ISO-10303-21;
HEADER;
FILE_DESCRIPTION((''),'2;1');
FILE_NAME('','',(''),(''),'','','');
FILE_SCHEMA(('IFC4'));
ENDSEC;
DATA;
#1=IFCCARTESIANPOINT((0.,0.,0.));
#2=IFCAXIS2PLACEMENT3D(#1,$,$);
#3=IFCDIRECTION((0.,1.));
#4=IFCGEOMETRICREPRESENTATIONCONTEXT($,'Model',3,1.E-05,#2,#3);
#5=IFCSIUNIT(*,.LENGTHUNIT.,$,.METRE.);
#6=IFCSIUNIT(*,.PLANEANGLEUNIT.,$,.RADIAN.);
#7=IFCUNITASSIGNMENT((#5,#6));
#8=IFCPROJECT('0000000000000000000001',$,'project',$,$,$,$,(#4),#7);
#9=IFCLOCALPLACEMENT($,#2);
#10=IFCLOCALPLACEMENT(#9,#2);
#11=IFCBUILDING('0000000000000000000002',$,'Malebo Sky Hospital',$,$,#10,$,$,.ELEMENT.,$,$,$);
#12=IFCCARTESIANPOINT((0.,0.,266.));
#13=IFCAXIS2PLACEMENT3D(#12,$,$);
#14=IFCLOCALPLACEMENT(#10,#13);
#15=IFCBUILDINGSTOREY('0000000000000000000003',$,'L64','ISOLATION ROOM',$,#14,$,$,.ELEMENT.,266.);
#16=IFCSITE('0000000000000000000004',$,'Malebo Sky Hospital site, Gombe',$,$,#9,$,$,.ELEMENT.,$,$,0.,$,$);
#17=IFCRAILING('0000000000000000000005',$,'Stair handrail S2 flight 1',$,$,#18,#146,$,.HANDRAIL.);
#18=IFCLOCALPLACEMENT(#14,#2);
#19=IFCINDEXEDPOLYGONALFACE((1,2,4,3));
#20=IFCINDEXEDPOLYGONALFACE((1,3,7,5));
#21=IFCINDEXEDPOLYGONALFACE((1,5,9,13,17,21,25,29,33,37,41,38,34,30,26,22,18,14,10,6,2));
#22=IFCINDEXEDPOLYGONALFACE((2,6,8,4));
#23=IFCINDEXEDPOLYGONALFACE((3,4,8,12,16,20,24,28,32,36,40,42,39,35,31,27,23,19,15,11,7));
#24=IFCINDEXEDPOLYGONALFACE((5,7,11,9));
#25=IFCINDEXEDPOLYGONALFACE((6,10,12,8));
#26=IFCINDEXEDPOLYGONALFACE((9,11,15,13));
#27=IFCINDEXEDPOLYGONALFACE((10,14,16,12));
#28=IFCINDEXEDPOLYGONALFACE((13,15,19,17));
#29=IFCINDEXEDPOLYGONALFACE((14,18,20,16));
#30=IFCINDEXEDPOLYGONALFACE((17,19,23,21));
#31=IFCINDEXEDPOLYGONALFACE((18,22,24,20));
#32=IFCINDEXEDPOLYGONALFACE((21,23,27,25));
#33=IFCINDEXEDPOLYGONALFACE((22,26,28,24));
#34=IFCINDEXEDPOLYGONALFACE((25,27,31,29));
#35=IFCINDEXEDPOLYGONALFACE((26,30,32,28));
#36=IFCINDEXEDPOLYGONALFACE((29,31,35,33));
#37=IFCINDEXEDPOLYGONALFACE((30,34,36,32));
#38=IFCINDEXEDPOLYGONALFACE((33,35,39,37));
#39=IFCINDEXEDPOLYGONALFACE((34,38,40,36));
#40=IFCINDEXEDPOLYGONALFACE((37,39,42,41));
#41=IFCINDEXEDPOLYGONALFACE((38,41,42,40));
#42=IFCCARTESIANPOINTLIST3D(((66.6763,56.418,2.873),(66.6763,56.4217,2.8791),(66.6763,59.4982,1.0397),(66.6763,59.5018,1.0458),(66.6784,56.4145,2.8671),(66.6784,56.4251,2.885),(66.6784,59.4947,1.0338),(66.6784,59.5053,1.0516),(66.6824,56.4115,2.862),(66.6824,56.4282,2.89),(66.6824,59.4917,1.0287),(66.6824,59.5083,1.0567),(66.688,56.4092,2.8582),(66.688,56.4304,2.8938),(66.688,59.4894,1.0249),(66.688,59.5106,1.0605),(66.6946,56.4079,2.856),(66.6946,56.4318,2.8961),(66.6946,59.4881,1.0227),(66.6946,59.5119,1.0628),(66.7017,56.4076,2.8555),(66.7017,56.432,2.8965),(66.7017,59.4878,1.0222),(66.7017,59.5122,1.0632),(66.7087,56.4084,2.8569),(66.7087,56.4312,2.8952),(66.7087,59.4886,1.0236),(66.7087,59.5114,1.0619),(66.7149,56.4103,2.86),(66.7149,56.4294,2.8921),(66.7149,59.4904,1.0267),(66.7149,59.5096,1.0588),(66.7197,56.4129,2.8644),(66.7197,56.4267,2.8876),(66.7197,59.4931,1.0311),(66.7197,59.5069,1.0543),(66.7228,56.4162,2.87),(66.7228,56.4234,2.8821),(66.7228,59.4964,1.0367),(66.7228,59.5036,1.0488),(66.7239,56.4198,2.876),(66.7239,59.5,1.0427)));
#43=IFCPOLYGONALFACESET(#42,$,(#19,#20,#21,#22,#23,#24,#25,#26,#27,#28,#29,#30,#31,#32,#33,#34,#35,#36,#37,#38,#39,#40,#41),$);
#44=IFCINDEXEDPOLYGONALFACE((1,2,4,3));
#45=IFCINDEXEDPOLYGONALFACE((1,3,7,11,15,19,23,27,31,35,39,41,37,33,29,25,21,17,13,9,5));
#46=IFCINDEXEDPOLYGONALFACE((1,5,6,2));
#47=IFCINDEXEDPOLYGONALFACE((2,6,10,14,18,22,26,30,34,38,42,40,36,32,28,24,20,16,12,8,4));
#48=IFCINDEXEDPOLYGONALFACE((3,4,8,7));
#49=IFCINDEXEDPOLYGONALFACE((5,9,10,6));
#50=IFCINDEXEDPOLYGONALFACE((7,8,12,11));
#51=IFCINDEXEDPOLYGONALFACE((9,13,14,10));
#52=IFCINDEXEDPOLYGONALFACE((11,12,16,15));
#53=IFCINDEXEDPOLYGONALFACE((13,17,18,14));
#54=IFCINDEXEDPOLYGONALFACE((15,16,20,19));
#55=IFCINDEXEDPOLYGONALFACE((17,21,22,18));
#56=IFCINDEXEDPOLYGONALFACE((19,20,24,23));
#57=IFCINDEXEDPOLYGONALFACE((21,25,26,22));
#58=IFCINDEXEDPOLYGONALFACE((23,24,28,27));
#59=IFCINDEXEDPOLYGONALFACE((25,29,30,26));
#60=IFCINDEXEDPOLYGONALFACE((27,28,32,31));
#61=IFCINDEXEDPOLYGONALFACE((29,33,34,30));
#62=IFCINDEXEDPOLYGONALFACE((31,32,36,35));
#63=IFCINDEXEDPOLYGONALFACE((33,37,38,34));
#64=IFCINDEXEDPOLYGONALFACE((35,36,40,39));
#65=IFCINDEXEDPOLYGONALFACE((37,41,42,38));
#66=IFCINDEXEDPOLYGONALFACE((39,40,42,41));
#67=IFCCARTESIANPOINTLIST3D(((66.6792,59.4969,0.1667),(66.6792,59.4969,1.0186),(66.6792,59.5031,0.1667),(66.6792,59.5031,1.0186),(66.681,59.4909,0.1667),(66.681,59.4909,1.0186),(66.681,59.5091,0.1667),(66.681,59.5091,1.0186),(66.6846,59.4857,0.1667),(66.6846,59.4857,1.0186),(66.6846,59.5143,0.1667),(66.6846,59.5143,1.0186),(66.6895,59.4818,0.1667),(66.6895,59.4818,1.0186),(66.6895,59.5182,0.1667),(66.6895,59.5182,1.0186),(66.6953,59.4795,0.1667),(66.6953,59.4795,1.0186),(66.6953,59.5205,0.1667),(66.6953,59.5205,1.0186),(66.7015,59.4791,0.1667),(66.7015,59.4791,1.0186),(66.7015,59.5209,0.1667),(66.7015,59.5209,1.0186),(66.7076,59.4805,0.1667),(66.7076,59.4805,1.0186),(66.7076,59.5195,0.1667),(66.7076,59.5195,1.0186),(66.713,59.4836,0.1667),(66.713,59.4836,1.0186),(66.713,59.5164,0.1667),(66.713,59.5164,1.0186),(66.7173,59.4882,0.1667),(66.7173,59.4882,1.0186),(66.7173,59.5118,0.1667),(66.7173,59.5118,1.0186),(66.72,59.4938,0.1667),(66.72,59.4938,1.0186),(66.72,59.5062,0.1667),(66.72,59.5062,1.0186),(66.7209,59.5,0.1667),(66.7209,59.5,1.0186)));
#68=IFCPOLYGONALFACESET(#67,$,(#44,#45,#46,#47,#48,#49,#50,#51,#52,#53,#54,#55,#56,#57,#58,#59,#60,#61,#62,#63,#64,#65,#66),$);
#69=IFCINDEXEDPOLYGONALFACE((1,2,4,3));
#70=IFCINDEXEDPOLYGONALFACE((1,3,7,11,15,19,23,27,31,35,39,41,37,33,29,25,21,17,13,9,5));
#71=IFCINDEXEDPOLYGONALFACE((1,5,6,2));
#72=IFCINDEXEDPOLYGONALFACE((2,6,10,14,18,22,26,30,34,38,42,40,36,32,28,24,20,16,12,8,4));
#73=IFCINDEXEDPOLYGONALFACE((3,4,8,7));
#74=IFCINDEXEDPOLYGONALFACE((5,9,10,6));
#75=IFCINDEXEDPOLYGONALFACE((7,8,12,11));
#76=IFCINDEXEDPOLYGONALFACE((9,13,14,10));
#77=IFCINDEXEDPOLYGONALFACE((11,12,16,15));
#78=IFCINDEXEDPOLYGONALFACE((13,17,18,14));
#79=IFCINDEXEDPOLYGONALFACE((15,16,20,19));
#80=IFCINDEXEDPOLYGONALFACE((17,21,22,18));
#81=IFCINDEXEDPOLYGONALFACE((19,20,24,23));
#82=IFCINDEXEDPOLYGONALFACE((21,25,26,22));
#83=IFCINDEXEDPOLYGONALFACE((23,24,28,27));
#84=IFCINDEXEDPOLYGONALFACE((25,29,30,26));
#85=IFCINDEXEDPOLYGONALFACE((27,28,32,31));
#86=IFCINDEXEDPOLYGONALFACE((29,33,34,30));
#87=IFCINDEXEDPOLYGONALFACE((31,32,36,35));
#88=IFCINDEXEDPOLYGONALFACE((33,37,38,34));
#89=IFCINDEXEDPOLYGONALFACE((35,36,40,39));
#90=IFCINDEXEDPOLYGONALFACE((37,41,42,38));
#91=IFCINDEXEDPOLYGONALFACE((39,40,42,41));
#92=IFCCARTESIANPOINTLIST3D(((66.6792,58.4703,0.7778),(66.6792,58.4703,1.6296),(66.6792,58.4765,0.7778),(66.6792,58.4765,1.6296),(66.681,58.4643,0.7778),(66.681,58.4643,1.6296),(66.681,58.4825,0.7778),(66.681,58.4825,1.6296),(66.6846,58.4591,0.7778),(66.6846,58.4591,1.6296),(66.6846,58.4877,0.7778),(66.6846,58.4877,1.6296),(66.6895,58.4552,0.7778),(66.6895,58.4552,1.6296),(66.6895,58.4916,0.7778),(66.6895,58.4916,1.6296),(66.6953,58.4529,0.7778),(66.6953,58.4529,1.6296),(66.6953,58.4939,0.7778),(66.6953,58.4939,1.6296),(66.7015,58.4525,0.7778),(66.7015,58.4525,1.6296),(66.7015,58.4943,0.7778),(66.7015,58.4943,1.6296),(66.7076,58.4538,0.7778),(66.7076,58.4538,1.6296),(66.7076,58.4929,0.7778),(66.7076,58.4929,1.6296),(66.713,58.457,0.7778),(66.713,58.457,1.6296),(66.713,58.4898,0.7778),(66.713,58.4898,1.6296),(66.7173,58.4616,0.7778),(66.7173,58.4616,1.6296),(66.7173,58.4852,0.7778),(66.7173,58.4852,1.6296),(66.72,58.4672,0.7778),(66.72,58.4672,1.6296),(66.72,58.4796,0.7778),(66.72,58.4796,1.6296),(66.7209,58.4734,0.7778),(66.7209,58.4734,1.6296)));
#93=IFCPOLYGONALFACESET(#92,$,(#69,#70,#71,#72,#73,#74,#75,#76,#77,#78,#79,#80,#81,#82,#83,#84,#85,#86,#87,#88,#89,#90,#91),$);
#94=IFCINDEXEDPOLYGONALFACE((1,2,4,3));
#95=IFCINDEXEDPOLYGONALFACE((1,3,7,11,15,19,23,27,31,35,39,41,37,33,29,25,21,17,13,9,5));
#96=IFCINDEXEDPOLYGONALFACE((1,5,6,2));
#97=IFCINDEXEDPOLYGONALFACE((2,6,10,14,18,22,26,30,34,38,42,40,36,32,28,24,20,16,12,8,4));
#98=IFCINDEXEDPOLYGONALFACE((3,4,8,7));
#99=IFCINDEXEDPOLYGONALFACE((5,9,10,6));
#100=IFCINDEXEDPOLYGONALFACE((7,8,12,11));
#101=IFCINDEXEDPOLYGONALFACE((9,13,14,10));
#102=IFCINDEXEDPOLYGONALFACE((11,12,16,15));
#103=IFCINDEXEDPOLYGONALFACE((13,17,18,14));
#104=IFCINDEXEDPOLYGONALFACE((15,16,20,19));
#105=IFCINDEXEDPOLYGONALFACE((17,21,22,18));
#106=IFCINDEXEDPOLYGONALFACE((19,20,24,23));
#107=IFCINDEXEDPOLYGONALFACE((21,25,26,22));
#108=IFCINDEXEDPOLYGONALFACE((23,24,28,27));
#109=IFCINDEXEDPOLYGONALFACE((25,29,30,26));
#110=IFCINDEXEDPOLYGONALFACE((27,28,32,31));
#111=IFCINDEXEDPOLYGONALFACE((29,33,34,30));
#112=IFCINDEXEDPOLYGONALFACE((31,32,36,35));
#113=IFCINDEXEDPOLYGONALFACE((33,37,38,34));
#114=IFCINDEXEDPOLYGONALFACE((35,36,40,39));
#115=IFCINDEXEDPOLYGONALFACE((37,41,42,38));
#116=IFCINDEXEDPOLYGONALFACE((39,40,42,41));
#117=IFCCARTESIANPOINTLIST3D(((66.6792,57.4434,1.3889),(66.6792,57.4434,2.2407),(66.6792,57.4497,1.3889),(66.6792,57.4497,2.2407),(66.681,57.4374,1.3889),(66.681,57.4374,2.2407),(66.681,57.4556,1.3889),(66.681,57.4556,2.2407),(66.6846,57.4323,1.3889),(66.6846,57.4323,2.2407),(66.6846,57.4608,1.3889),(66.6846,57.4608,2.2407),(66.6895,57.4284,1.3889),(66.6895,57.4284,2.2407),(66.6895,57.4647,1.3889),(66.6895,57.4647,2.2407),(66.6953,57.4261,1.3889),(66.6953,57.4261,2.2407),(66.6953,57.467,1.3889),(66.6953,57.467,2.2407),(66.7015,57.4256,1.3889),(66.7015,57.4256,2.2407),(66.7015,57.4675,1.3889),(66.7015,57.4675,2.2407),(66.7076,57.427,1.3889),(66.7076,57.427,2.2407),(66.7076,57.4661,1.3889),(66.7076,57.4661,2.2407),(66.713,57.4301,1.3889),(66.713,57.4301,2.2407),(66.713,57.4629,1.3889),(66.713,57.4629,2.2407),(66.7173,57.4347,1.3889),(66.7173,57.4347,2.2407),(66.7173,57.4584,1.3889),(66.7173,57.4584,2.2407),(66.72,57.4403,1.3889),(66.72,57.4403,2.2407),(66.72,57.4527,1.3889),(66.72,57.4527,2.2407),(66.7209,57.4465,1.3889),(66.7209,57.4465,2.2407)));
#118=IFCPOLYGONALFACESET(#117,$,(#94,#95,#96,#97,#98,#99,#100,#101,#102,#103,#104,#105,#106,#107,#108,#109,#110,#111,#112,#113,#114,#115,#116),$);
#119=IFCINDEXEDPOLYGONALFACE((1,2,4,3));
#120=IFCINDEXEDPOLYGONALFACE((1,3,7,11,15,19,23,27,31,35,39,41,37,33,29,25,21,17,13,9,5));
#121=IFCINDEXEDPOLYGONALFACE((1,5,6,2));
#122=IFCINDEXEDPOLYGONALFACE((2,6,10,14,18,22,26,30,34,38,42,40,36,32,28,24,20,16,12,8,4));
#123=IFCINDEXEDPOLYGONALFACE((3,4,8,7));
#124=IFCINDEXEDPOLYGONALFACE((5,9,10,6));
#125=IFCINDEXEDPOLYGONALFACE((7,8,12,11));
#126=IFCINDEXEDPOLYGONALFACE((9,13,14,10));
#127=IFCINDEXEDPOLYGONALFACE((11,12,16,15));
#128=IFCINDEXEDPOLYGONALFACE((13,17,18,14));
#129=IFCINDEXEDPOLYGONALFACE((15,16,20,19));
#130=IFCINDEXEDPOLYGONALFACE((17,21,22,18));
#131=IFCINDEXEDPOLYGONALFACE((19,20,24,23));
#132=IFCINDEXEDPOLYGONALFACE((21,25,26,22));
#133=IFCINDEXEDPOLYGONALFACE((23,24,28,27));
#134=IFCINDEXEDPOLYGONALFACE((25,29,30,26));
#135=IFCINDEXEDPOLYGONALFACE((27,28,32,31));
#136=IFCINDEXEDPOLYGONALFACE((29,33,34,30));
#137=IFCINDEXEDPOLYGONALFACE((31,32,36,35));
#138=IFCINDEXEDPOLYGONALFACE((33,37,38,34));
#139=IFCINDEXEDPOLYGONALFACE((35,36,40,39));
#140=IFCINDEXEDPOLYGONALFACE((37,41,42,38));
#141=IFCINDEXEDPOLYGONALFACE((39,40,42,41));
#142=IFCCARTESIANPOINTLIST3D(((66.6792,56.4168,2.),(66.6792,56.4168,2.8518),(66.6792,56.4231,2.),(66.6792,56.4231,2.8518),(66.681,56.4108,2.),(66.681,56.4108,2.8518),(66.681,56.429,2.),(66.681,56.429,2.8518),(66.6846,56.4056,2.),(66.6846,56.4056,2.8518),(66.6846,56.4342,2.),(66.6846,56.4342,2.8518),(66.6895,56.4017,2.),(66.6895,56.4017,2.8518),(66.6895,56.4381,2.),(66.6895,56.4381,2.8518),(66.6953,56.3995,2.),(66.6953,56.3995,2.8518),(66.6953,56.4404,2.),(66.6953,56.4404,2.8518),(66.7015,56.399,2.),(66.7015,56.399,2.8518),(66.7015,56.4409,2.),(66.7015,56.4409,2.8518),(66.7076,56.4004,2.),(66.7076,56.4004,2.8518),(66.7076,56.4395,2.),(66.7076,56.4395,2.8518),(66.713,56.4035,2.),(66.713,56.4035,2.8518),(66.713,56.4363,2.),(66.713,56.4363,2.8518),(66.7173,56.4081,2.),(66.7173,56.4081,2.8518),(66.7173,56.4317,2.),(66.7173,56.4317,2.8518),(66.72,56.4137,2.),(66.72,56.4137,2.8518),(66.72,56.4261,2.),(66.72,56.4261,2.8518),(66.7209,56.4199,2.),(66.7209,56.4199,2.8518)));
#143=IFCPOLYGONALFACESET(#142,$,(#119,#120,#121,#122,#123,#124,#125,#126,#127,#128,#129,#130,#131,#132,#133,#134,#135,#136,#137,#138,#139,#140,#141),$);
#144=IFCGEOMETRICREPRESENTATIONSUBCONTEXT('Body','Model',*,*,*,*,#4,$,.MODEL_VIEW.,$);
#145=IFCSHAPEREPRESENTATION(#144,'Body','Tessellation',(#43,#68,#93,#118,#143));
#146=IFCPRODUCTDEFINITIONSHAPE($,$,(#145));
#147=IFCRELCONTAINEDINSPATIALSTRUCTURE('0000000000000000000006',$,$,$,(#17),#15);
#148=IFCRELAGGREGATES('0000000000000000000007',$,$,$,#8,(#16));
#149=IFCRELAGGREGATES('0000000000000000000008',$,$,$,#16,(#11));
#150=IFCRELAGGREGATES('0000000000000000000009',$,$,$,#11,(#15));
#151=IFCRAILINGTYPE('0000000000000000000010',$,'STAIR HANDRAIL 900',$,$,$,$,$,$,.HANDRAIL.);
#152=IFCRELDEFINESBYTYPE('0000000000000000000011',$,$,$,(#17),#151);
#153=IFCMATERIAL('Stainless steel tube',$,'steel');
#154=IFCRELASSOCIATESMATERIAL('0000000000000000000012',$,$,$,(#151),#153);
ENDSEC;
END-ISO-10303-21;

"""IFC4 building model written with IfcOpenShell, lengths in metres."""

from ifc_helpers import new_model, si_unit, direction, frame, origin, origin_2d, place, context, subcontext, project, spatial, circle, extrude, material, type_object, element, save


model = new_model("IFC4")

# Units and contexts
model_context = context("Model", 3, precision=1e-05, world=origin(), true_north=direction((0.0, 1.0)))
body_context = subcontext(model_context, "Body", "Model", "MODEL_VIEW")
ifc_project = project(units=[si_unit("LENGTHUNIT", "METRE"), si_unit("PLANEANGLEUNIT", "RADIAN")], contexts=[model_context])

# Site, building, storey
site_placement = place(None, origin())
site = spatial("IfcSite", under=ifc_project, at=site_placement, Name="Malebo Sky Hospital site, Gombe", CompositionType="ELEMENT", RefElevation=0.0)
building_placement = place(site_placement, origin())
building = spatial("IfcBuilding", under=site, at=building_placement, Name="Malebo Sky Hospital", CompositionType="ELEMENT")
storey_placement = place(building_placement, frame((0.0, 0.0, 266.0)))
storey = spatial("IfcBuildingStorey", under=building, at=storey_placement, Name="L64", Description="ISOLATION ROOM", CompositionType="ELEMENT", Elevation=266.0)

# Railing
ifc_material_1 = material(Name="Stainless steel tube", Category="steel")
railing_type = type_object("IfcRailingType", Name="STAIR HANDRAIL 900", PredefinedType="HANDRAIL", material=ifc_material_1)
railing_placement = place(storey_placement, frame((66.7, 59.5, 0.1667)))
element("IfcRailing", 1, at=railing_placement, inside=storey, type_object=railing_type, Name="Stair handrail S2 flight 1", PredefinedType="HANDRAIL", context=body_context, shape_type="SweptSolid", body=[
    extrude(circle(Radius=0.0239, at=origin_2d()), frame((0.0, 0.0, 0.876), z_axis=(0.0, -0.859309, 0.511458), x_axis=(1.0, 0.0, 0.0)), (0.0, 0.0, 1.0), 3.5845),
    extrude(circle(Radius=0.021, at=origin_2d()), origin(), (0.0, 0.0, 1.0), 0.8518),
    extrude(circle(Radius=0.021, at=origin_2d()), frame((0.0, -1.0266, 0.6111)), (0.0, 0.0, 1.0), 0.8518),
    extrude(circle(Radius=0.021, at=origin_2d()), frame((0.0, -2.0535, 1.2222)), (0.0, 0.0, 1.0), 0.8518),
    extrude(circle(Radius=0.021, at=origin_2d()), frame((0.0, -3.0801, 1.8333)), (0.0, 0.0, 1.0), 0.8518),
])

save(model, "model.ifc")
